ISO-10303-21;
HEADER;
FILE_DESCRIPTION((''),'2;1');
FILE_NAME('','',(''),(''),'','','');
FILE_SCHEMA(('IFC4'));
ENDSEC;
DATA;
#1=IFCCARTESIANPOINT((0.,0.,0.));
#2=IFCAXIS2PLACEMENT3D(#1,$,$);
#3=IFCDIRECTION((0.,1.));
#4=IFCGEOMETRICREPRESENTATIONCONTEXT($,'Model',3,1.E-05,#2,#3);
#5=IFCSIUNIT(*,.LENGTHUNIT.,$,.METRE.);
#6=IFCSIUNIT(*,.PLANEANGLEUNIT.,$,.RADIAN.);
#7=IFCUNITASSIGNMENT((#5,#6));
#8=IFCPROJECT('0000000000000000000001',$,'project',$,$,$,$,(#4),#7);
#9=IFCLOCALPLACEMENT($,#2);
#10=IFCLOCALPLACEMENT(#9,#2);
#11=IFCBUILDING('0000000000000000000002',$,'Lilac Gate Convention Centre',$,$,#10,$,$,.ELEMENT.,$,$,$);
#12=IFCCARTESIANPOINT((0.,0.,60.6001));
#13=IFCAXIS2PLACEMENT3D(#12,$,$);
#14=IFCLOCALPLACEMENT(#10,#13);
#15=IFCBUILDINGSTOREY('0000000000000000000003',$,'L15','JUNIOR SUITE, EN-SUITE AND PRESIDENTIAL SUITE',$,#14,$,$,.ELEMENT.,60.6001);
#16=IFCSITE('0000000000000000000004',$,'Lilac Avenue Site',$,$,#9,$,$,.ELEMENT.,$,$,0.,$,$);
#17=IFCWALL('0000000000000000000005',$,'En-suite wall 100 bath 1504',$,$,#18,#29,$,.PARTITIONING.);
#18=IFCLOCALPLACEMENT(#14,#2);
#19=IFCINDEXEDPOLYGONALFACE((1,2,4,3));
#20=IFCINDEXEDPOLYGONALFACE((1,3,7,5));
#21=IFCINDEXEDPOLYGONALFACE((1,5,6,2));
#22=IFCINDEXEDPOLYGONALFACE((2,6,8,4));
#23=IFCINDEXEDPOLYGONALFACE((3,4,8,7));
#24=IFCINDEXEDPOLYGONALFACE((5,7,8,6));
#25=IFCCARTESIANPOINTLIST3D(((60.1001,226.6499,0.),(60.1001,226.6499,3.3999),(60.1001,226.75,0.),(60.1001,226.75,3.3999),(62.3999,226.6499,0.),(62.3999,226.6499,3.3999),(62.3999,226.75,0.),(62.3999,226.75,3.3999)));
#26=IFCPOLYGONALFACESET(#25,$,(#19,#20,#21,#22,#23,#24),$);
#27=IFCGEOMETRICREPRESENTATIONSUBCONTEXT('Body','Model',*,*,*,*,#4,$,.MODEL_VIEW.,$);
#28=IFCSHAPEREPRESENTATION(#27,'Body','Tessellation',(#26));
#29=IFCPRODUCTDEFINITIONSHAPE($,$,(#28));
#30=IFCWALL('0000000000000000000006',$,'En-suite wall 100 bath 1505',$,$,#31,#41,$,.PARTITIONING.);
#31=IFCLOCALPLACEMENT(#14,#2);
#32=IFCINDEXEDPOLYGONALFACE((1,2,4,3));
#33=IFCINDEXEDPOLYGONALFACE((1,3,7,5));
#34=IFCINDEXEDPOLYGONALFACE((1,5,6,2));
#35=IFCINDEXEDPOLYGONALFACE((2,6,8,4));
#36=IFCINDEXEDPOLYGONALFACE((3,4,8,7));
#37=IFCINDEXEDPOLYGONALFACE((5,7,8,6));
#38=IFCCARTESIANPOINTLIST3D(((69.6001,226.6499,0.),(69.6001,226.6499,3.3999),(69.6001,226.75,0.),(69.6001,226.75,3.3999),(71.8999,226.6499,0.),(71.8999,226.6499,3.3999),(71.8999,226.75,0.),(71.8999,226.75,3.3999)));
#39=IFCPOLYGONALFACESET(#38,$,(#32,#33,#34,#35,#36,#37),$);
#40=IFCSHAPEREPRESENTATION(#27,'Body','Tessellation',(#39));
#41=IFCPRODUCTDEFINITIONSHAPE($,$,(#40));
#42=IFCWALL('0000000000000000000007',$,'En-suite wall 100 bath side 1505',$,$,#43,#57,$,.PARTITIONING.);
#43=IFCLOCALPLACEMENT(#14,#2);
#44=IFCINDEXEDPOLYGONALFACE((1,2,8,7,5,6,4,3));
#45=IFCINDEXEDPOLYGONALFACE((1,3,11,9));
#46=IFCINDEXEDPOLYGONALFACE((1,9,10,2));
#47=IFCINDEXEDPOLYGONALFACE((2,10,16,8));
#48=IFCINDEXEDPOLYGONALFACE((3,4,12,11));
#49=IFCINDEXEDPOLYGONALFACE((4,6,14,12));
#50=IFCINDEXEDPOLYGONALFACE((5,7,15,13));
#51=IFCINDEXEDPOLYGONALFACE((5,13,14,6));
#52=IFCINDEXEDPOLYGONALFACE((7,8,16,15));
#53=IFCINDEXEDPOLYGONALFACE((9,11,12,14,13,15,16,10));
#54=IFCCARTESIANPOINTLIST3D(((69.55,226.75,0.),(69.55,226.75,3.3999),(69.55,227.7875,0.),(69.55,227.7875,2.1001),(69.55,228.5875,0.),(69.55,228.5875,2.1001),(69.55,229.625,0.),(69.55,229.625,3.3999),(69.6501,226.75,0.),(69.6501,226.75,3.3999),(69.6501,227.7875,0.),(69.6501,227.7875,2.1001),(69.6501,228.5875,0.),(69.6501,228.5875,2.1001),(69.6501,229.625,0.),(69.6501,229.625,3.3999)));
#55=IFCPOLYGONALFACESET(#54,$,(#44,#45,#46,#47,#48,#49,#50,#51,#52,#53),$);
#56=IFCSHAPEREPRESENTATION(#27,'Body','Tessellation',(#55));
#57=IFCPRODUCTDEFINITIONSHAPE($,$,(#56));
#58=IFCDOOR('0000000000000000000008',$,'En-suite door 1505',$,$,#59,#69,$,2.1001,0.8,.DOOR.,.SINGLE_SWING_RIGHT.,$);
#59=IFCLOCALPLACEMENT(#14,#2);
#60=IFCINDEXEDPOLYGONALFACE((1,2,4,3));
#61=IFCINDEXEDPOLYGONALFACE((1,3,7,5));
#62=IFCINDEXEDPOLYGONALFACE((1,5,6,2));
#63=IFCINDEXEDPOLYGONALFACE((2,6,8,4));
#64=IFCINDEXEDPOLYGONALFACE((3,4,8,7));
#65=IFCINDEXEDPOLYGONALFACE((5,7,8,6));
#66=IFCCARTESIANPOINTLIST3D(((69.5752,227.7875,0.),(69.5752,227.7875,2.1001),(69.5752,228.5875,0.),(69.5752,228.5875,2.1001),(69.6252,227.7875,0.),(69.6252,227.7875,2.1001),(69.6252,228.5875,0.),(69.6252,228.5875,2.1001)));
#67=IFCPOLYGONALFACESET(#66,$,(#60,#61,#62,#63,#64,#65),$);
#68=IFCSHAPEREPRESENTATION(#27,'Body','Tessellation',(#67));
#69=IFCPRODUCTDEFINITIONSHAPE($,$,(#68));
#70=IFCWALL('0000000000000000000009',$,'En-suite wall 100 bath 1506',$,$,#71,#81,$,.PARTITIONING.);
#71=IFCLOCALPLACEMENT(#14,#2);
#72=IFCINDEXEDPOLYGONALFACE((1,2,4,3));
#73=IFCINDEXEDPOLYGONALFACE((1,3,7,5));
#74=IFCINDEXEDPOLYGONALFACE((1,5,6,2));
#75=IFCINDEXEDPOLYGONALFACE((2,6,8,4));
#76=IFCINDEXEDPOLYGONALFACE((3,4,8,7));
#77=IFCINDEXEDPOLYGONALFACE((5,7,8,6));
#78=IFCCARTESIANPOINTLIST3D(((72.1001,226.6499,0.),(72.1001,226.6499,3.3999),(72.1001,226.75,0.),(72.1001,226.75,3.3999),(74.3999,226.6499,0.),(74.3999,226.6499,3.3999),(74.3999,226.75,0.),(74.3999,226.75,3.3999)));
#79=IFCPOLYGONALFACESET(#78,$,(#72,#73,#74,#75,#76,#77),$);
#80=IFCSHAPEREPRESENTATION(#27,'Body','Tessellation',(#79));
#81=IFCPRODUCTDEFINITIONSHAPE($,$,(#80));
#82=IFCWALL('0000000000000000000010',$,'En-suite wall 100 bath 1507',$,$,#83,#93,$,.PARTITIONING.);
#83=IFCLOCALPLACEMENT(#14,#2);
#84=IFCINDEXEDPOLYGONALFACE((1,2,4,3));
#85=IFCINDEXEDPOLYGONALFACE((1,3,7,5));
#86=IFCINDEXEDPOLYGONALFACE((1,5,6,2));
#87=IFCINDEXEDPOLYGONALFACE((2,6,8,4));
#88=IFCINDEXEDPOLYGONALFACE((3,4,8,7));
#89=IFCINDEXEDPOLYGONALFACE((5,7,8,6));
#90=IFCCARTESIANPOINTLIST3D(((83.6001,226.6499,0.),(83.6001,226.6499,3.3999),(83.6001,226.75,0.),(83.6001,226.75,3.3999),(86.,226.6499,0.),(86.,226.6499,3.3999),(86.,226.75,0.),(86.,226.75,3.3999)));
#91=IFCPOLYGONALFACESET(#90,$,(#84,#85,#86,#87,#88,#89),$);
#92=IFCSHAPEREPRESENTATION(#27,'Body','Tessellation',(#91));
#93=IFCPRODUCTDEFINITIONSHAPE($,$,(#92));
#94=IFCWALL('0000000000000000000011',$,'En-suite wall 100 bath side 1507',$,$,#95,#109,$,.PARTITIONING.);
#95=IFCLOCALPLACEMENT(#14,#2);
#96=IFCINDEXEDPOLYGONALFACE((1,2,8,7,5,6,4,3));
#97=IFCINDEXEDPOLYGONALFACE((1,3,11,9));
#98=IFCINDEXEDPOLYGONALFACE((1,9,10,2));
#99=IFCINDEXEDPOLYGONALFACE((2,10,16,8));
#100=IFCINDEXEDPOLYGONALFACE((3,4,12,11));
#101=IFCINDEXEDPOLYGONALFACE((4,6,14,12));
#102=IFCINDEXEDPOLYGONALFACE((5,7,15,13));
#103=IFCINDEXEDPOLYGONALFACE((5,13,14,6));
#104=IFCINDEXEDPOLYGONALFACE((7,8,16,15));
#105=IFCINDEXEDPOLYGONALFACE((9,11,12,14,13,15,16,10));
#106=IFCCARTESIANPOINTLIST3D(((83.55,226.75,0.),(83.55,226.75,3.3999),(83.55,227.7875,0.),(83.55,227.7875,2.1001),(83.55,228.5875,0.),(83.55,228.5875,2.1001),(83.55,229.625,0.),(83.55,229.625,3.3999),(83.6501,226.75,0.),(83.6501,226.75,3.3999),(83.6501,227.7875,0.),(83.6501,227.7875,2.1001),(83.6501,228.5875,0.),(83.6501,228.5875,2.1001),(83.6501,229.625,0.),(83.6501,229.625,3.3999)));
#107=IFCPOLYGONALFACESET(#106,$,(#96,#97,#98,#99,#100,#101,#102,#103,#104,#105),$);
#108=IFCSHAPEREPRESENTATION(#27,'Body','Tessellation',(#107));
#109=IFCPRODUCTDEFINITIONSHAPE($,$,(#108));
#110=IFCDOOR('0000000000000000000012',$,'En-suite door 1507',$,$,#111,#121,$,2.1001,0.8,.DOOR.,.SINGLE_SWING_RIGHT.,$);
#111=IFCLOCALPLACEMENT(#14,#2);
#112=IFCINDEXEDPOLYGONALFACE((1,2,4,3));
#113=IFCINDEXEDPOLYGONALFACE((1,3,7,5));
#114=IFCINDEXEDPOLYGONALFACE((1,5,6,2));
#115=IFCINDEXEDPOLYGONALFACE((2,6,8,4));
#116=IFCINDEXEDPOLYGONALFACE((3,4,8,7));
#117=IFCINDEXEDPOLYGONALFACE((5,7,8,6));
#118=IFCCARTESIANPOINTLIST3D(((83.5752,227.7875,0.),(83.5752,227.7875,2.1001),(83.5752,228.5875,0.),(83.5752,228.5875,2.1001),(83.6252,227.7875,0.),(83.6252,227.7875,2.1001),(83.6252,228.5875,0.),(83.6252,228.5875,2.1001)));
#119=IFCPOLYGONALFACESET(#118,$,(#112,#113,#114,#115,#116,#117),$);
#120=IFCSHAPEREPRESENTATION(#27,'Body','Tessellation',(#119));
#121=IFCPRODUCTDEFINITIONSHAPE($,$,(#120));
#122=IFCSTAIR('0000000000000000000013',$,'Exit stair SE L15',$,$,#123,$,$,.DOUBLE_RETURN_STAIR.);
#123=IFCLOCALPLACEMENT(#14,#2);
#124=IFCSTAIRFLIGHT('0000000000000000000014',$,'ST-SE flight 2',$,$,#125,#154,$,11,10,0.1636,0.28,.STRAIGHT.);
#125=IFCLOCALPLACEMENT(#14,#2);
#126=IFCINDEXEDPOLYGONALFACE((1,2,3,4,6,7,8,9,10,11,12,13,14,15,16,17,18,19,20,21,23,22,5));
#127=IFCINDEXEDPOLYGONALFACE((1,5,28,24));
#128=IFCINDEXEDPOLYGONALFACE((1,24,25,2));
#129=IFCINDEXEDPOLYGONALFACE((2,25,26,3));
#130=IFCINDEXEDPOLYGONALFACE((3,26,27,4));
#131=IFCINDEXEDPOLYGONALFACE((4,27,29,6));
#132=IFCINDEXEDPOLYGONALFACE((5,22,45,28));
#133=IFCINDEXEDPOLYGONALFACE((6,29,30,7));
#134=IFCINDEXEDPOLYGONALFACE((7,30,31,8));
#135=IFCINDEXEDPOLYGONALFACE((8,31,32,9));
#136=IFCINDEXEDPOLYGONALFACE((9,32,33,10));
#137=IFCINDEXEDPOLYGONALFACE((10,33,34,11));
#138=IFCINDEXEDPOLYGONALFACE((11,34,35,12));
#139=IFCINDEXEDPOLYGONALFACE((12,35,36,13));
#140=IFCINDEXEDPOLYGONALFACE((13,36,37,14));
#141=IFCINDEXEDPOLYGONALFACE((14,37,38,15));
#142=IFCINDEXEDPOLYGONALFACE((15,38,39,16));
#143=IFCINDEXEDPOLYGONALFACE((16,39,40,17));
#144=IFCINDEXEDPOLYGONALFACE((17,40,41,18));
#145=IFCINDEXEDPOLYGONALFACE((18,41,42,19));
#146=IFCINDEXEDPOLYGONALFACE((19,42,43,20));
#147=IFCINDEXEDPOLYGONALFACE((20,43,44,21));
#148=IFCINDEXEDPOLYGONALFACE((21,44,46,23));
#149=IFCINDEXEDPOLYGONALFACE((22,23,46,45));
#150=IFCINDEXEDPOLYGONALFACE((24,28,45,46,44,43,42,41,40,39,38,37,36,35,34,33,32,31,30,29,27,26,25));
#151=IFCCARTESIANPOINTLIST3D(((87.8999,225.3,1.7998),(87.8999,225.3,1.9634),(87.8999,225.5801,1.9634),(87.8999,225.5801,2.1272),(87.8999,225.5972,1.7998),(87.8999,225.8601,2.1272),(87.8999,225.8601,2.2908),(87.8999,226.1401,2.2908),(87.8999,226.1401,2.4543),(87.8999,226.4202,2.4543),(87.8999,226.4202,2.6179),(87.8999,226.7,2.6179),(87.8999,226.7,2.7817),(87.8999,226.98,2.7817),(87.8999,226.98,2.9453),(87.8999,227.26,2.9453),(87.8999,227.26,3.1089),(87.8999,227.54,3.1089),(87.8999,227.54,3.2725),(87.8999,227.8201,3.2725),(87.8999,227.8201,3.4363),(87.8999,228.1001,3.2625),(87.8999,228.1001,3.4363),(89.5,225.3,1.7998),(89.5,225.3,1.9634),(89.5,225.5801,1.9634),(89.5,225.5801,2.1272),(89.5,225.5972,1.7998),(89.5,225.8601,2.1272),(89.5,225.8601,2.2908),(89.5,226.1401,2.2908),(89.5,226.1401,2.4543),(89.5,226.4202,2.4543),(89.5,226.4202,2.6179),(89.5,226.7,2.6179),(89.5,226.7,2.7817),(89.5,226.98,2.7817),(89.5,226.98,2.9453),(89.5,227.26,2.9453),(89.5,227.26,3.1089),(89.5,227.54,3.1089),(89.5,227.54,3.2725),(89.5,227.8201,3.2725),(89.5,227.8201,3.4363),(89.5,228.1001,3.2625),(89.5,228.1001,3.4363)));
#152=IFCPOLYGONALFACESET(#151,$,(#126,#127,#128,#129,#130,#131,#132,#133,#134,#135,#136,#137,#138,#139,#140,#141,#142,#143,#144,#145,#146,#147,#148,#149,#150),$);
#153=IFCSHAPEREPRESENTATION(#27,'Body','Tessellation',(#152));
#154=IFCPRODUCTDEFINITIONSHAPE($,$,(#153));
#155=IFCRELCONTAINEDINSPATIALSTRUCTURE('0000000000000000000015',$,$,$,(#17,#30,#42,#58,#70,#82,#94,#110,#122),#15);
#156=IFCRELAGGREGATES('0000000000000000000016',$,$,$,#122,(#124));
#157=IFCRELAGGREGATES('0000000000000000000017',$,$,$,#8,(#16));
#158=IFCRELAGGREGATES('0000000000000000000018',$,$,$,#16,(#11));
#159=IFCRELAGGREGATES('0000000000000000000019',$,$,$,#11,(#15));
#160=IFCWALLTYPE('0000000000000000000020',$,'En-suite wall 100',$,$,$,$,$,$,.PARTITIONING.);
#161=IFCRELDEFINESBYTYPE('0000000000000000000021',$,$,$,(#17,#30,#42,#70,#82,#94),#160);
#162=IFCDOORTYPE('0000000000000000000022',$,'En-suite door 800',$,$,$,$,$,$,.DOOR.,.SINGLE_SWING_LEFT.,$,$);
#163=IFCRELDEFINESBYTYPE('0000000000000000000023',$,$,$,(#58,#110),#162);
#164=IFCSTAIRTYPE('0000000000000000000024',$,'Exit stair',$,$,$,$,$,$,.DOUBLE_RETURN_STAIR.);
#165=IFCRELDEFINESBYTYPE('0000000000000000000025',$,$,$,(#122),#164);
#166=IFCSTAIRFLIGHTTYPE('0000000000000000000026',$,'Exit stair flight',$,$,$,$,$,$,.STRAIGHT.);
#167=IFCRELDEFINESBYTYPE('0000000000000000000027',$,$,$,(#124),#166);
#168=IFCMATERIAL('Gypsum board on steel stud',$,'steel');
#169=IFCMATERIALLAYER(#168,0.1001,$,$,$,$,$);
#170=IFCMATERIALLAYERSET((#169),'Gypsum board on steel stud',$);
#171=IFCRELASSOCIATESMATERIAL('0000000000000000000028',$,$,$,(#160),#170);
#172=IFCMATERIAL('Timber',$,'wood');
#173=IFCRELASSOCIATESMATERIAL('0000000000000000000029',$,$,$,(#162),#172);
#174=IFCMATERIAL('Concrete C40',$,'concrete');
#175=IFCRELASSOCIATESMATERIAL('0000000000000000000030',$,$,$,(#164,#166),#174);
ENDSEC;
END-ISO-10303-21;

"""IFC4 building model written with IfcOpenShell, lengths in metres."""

from ifc_helpers import new_model, si_unit, direction, frame, frame_2d, origin, place, context, subcontext, project, spatial, polyline, rectangle, outline, extrude, material, layer, layer_set, type_object, element, fill, aggregate, save


model = new_model("IFC4")

# Units and contexts
model_context = context("Model", 3, precision=1e-05, world=origin(), true_north=direction((0.0, 1.0)))
body_context = subcontext(model_context, "Body", "Model", "MODEL_VIEW")
ifc_project = project(units=[si_unit("LENGTHUNIT", "METRE"), si_unit("PLANEANGLEUNIT", "RADIAN")], contexts=[model_context])

# Site, building, storey
site_placement = place(None, origin())
site = spatial("IfcSite", under=ifc_project, at=site_placement, Name="Lilac Avenue Site", CompositionType="ELEMENT", RefElevation=0.0)
building_placement = place(site_placement, origin())
building = spatial("IfcBuilding", under=site, at=building_placement, Name="Lilac Gate Convention Centre", CompositionType="ELEMENT")
storey_placement = place(building_placement, frame((0.0, 0.0, 60.6001)))
storey = spatial("IfcBuildingStorey", under=building, at=storey_placement, Name="L15", Description="JUNIOR SUITE, EN-SUITE AND PRESIDENTIAL SUITE", CompositionType="ELEMENT", Elevation=60.6001)

# Shared definitions
ifc_material_1 = material(Name="Concrete C40", Category="concrete")
ifc_material_2 = material(Name="Gypsum board on steel stud", Category="steel")
ifc_layer_1 = layer(ifc_material_2, 0.1001)
ifc_layer_set_1 = layer_set([ifc_layer_1], Name="Gypsum board on steel stud")
wall_type_1 = type_object("IfcWallType", Name="En-suite wall 100", PredefinedType="PARTITIONING", material=ifc_layer_set_1)

# Shared definitions
ifc_material_3 = material(Name="Timber", Category="wood")
door_type = type_object("IfcDoorType", Name="En-suite door 800", OperationType="SINGLE_SWING_LEFT", PredefinedType="DOOR", material=ifc_material_3)

# Walls
for number, where, z_axis, x_axis, name in (
    (1, (60.1001, 226.7, 0.0), (0.0, 0.0, 1.0), (1.0, 0.0, 0.0), "En-suite wall 100 bath 1504"),
    (2, (69.6001, 226.7, 0.0), (0.0, 0.0, 1.0), (1.0, 0.0, 0.0), "En-suite wall 100 bath 1505"),
):
    element("IfcWall", number, at=place(storey_placement, frame(where, z_axis=z_axis, x_axis=x_axis)), inside=storey, type_object=wall_type_1, Name=name, PredefinedType="PARTITIONING", context=body_context, shape_type="SweptSolid", body=[
        extrude(rectangle(XDim=2.2998, YDim=0.1001, at=frame_2d((1.1499, 0.0))), origin(), (0.0, 0.0, 1.0), 3.3999),
    ])

# Wall, opening, door
wall_1_placement = place(storey_placement, frame((69.6001, 226.75, 0.0), z_axis=(0.0, 0.0, 1.0), x_axis=(0.0, 1.0, 0.0)))
wall_1 = element("IfcWall", 3, at=wall_1_placement, inside=storey, type_object=wall_type_1, Name="En-suite wall 100 bath side 1505", PredefinedType="PARTITIONING", context=body_context, shape_type="SweptSolid", body=[
    extrude(rectangle(XDim=2.875, YDim=0.1001, at=frame_2d((1.4375, 0.0))), origin(), (0.0, 0.0, 1.0), 3.3999),
])
opening_1_placement = place(wall_1_placement, frame((1.0376, 0.0, 0.0)))
opening_1 = element("IfcOpeningElement", 4, at=opening_1_placement, cuts=wall_1, PredefinedType="OPENING", context=body_context, shape_type="SweptSolid", body=[
    extrude(rectangle(XDim=0.8, YDim=2.1001, at=frame_2d((0.3999, 1.05))), frame((0.0, 0.0601, 0.0), z_axis=(0.0, -1.0, 0.0), x_axis=(1.0, 0.0, 0.0)), (0.0, 0.0, 1.0), 0.1201),
])
door_1_placement = place(opening_1_placement, origin())
door_1 = element("IfcDoor", 5, at=door_1_placement, inside=storey, type_object=door_type, Name="En-suite door 1505", OperationType="SINGLE_SWING_RIGHT", OverallHeight=2.1001, OverallWidth=0.8, PredefinedType="DOOR", context=body_context, shape_type="SweptSolid", body=[
    extrude(rectangle(XDim=0.8, YDim=2.1001, at=frame_2d((0.3999, 1.05))), frame((0.0, 0.0249, 0.0), z_axis=(0.0, -1.0, 0.0), x_axis=(1.0, 0.0, 0.0)), (0.0, 0.0, 1.0), 0.05),
])
fill(opening_1, door_1)

# Walls
wall_2_placement = place(storey_placement, frame((72.1001, 226.7, 0.0), z_axis=(0.0, 0.0, 1.0), x_axis=(1.0, 0.0, 0.0)))
element("IfcWall", 6, at=wall_2_placement, inside=storey, type_object=wall_type_1, Name="En-suite wall 100 bath 1506", PredefinedType="PARTITIONING", context=body_context, shape_type="SweptSolid", body=[
    extrude(rectangle(XDim=2.2998, YDim=0.1001, at=frame_2d((1.1499, 0.0))), origin(), (0.0, 0.0, 1.0), 3.3999),
])
wall_3_placement = place(storey_placement, frame((83.6001, 226.7, 0.0), z_axis=(0.0, 0.0, 1.0), x_axis=(1.0, 0.0, 0.0)))
element("IfcWall", 7, at=wall_3_placement, inside=storey, type_object=wall_type_1, Name="En-suite wall 100 bath 1507", PredefinedType="PARTITIONING", context=body_context, shape_type="SweptSolid", body=[
    extrude(rectangle(XDim=2.3999, YDim=0.1001, at=frame_2d((1.2, 0.0))), origin(), (0.0, 0.0, 1.0), 3.3999),
])

# Wall, opening, door
wall_4_placement = place(storey_placement, frame((83.6001, 226.75, 0.0), z_axis=(0.0, 0.0, 1.0), x_axis=(0.0, 1.0, 0.0)))
wall_4 = element("IfcWall", 8, at=wall_4_placement, inside=storey, type_object=wall_type_1, Name="En-suite wall 100 bath side 1507", PredefinedType="PARTITIONING", context=body_context, shape_type="SweptSolid", body=[
    extrude(rectangle(XDim=2.875, YDim=0.1001, at=frame_2d((1.4375, 0.0))), origin(), (0.0, 0.0, 1.0), 3.3999),
])
opening_2_placement = place(wall_4_placement, frame((1.0376, 0.0, 0.0)))
opening_2 = element("IfcOpeningElement", 9, at=opening_2_placement, cuts=wall_4, PredefinedType="OPENING", context=body_context, shape_type="SweptSolid", body=[
    extrude(rectangle(XDim=0.8, YDim=2.1001, at=frame_2d((0.3999, 1.05))), frame((0.0, 0.0601, 0.0), z_axis=(0.0, -1.0, 0.0), x_axis=(1.0, 0.0, 0.0)), (0.0, 0.0, 1.0), 0.1201),
])
door_2_placement = place(opening_2_placement, origin())
door_2 = element("IfcDoor", 10, at=door_2_placement, inside=storey, type_object=door_type, Name="En-suite door 1507", OperationType="SINGLE_SWING_RIGHT", OverallHeight=2.1001, OverallWidth=0.8, PredefinedType="DOOR", context=body_context, shape_type="SweptSolid", body=[
    extrude(rectangle(XDim=0.8, YDim=2.1001, at=frame_2d((0.3999, 1.05))), frame((0.0, 0.0249, 0.0), z_axis=(0.0, -1.0, 0.0), x_axis=(1.0, 0.0, 0.0)), (0.0, 0.0, 1.0), 0.05),
])
fill(opening_2, door_2)

# Stair, stair flight
stair_type = type_object("IfcStairType", Name="Exit stair", PredefinedType="DOUBLE_RETURN_STAIR", material=ifc_material_1)
stair_placement = place(storey_placement, origin())
stair = element("IfcStair", 11, at=stair_placement, inside=storey, type_object=stair_type, Name="Exit stair SE L15", PredefinedType="DOUBLE_RETURN_STAIR")
stair_flight_type = type_object("IfcStairFlightType", Name="Exit stair flight", PredefinedType="STRAIGHT", material=ifc_material_1)
stair_flight_placement = place(storey_placement, frame((88.7, 225.3, 1.7998), z_axis=(0.0, 0.0, 1.0), x_axis=(0.0, 1.0, 0.0)))
stair_flight = element("IfcStairFlight", 12, at=stair_flight_placement, type_object=stair_flight_type, Name="ST-SE flight 2", NumberOfRisers=11, NumberOfTreads=10, PredefinedType="STRAIGHT", RiserHeight=0.1636, TreadLength=0.28, context=body_context, shape_type="SweptSolid", body=[
    extrude(outline(polyline([(0.0, 0.0), (0.0, 0.1636), (0.28, 0.1636), (0.28, 0.3274), (0.5601, 0.3274), (0.5601, 0.491), (0.8401, 0.491), (0.8401, 0.6545), (1.1201, 0.6545), (1.1201, 0.8181), (1.3999, 0.8181), (1.3999, 0.9819), (1.6799, 0.9819), (1.6799, 1.1455), (1.96, 1.1455), (1.96, 1.3091), (2.24, 1.3091), (2.24, 1.4727), (2.52, 1.4727), (2.52, 1.6365), (2.8, 1.6365), (2.8, 1.8), (2.8, 1.4626), (0.2971, 0.0), (0.0, 0.0)])), frame((0.0, 0.8, 0.0), z_axis=(0.0, -1.0, 0.0), x_axis=(1.0, 0.0, 0.0)), (0.0, 0.0, 1.0), 1.6001),
])
aggregate(stair, [stair_flight])

save(model, "model.ifc")
